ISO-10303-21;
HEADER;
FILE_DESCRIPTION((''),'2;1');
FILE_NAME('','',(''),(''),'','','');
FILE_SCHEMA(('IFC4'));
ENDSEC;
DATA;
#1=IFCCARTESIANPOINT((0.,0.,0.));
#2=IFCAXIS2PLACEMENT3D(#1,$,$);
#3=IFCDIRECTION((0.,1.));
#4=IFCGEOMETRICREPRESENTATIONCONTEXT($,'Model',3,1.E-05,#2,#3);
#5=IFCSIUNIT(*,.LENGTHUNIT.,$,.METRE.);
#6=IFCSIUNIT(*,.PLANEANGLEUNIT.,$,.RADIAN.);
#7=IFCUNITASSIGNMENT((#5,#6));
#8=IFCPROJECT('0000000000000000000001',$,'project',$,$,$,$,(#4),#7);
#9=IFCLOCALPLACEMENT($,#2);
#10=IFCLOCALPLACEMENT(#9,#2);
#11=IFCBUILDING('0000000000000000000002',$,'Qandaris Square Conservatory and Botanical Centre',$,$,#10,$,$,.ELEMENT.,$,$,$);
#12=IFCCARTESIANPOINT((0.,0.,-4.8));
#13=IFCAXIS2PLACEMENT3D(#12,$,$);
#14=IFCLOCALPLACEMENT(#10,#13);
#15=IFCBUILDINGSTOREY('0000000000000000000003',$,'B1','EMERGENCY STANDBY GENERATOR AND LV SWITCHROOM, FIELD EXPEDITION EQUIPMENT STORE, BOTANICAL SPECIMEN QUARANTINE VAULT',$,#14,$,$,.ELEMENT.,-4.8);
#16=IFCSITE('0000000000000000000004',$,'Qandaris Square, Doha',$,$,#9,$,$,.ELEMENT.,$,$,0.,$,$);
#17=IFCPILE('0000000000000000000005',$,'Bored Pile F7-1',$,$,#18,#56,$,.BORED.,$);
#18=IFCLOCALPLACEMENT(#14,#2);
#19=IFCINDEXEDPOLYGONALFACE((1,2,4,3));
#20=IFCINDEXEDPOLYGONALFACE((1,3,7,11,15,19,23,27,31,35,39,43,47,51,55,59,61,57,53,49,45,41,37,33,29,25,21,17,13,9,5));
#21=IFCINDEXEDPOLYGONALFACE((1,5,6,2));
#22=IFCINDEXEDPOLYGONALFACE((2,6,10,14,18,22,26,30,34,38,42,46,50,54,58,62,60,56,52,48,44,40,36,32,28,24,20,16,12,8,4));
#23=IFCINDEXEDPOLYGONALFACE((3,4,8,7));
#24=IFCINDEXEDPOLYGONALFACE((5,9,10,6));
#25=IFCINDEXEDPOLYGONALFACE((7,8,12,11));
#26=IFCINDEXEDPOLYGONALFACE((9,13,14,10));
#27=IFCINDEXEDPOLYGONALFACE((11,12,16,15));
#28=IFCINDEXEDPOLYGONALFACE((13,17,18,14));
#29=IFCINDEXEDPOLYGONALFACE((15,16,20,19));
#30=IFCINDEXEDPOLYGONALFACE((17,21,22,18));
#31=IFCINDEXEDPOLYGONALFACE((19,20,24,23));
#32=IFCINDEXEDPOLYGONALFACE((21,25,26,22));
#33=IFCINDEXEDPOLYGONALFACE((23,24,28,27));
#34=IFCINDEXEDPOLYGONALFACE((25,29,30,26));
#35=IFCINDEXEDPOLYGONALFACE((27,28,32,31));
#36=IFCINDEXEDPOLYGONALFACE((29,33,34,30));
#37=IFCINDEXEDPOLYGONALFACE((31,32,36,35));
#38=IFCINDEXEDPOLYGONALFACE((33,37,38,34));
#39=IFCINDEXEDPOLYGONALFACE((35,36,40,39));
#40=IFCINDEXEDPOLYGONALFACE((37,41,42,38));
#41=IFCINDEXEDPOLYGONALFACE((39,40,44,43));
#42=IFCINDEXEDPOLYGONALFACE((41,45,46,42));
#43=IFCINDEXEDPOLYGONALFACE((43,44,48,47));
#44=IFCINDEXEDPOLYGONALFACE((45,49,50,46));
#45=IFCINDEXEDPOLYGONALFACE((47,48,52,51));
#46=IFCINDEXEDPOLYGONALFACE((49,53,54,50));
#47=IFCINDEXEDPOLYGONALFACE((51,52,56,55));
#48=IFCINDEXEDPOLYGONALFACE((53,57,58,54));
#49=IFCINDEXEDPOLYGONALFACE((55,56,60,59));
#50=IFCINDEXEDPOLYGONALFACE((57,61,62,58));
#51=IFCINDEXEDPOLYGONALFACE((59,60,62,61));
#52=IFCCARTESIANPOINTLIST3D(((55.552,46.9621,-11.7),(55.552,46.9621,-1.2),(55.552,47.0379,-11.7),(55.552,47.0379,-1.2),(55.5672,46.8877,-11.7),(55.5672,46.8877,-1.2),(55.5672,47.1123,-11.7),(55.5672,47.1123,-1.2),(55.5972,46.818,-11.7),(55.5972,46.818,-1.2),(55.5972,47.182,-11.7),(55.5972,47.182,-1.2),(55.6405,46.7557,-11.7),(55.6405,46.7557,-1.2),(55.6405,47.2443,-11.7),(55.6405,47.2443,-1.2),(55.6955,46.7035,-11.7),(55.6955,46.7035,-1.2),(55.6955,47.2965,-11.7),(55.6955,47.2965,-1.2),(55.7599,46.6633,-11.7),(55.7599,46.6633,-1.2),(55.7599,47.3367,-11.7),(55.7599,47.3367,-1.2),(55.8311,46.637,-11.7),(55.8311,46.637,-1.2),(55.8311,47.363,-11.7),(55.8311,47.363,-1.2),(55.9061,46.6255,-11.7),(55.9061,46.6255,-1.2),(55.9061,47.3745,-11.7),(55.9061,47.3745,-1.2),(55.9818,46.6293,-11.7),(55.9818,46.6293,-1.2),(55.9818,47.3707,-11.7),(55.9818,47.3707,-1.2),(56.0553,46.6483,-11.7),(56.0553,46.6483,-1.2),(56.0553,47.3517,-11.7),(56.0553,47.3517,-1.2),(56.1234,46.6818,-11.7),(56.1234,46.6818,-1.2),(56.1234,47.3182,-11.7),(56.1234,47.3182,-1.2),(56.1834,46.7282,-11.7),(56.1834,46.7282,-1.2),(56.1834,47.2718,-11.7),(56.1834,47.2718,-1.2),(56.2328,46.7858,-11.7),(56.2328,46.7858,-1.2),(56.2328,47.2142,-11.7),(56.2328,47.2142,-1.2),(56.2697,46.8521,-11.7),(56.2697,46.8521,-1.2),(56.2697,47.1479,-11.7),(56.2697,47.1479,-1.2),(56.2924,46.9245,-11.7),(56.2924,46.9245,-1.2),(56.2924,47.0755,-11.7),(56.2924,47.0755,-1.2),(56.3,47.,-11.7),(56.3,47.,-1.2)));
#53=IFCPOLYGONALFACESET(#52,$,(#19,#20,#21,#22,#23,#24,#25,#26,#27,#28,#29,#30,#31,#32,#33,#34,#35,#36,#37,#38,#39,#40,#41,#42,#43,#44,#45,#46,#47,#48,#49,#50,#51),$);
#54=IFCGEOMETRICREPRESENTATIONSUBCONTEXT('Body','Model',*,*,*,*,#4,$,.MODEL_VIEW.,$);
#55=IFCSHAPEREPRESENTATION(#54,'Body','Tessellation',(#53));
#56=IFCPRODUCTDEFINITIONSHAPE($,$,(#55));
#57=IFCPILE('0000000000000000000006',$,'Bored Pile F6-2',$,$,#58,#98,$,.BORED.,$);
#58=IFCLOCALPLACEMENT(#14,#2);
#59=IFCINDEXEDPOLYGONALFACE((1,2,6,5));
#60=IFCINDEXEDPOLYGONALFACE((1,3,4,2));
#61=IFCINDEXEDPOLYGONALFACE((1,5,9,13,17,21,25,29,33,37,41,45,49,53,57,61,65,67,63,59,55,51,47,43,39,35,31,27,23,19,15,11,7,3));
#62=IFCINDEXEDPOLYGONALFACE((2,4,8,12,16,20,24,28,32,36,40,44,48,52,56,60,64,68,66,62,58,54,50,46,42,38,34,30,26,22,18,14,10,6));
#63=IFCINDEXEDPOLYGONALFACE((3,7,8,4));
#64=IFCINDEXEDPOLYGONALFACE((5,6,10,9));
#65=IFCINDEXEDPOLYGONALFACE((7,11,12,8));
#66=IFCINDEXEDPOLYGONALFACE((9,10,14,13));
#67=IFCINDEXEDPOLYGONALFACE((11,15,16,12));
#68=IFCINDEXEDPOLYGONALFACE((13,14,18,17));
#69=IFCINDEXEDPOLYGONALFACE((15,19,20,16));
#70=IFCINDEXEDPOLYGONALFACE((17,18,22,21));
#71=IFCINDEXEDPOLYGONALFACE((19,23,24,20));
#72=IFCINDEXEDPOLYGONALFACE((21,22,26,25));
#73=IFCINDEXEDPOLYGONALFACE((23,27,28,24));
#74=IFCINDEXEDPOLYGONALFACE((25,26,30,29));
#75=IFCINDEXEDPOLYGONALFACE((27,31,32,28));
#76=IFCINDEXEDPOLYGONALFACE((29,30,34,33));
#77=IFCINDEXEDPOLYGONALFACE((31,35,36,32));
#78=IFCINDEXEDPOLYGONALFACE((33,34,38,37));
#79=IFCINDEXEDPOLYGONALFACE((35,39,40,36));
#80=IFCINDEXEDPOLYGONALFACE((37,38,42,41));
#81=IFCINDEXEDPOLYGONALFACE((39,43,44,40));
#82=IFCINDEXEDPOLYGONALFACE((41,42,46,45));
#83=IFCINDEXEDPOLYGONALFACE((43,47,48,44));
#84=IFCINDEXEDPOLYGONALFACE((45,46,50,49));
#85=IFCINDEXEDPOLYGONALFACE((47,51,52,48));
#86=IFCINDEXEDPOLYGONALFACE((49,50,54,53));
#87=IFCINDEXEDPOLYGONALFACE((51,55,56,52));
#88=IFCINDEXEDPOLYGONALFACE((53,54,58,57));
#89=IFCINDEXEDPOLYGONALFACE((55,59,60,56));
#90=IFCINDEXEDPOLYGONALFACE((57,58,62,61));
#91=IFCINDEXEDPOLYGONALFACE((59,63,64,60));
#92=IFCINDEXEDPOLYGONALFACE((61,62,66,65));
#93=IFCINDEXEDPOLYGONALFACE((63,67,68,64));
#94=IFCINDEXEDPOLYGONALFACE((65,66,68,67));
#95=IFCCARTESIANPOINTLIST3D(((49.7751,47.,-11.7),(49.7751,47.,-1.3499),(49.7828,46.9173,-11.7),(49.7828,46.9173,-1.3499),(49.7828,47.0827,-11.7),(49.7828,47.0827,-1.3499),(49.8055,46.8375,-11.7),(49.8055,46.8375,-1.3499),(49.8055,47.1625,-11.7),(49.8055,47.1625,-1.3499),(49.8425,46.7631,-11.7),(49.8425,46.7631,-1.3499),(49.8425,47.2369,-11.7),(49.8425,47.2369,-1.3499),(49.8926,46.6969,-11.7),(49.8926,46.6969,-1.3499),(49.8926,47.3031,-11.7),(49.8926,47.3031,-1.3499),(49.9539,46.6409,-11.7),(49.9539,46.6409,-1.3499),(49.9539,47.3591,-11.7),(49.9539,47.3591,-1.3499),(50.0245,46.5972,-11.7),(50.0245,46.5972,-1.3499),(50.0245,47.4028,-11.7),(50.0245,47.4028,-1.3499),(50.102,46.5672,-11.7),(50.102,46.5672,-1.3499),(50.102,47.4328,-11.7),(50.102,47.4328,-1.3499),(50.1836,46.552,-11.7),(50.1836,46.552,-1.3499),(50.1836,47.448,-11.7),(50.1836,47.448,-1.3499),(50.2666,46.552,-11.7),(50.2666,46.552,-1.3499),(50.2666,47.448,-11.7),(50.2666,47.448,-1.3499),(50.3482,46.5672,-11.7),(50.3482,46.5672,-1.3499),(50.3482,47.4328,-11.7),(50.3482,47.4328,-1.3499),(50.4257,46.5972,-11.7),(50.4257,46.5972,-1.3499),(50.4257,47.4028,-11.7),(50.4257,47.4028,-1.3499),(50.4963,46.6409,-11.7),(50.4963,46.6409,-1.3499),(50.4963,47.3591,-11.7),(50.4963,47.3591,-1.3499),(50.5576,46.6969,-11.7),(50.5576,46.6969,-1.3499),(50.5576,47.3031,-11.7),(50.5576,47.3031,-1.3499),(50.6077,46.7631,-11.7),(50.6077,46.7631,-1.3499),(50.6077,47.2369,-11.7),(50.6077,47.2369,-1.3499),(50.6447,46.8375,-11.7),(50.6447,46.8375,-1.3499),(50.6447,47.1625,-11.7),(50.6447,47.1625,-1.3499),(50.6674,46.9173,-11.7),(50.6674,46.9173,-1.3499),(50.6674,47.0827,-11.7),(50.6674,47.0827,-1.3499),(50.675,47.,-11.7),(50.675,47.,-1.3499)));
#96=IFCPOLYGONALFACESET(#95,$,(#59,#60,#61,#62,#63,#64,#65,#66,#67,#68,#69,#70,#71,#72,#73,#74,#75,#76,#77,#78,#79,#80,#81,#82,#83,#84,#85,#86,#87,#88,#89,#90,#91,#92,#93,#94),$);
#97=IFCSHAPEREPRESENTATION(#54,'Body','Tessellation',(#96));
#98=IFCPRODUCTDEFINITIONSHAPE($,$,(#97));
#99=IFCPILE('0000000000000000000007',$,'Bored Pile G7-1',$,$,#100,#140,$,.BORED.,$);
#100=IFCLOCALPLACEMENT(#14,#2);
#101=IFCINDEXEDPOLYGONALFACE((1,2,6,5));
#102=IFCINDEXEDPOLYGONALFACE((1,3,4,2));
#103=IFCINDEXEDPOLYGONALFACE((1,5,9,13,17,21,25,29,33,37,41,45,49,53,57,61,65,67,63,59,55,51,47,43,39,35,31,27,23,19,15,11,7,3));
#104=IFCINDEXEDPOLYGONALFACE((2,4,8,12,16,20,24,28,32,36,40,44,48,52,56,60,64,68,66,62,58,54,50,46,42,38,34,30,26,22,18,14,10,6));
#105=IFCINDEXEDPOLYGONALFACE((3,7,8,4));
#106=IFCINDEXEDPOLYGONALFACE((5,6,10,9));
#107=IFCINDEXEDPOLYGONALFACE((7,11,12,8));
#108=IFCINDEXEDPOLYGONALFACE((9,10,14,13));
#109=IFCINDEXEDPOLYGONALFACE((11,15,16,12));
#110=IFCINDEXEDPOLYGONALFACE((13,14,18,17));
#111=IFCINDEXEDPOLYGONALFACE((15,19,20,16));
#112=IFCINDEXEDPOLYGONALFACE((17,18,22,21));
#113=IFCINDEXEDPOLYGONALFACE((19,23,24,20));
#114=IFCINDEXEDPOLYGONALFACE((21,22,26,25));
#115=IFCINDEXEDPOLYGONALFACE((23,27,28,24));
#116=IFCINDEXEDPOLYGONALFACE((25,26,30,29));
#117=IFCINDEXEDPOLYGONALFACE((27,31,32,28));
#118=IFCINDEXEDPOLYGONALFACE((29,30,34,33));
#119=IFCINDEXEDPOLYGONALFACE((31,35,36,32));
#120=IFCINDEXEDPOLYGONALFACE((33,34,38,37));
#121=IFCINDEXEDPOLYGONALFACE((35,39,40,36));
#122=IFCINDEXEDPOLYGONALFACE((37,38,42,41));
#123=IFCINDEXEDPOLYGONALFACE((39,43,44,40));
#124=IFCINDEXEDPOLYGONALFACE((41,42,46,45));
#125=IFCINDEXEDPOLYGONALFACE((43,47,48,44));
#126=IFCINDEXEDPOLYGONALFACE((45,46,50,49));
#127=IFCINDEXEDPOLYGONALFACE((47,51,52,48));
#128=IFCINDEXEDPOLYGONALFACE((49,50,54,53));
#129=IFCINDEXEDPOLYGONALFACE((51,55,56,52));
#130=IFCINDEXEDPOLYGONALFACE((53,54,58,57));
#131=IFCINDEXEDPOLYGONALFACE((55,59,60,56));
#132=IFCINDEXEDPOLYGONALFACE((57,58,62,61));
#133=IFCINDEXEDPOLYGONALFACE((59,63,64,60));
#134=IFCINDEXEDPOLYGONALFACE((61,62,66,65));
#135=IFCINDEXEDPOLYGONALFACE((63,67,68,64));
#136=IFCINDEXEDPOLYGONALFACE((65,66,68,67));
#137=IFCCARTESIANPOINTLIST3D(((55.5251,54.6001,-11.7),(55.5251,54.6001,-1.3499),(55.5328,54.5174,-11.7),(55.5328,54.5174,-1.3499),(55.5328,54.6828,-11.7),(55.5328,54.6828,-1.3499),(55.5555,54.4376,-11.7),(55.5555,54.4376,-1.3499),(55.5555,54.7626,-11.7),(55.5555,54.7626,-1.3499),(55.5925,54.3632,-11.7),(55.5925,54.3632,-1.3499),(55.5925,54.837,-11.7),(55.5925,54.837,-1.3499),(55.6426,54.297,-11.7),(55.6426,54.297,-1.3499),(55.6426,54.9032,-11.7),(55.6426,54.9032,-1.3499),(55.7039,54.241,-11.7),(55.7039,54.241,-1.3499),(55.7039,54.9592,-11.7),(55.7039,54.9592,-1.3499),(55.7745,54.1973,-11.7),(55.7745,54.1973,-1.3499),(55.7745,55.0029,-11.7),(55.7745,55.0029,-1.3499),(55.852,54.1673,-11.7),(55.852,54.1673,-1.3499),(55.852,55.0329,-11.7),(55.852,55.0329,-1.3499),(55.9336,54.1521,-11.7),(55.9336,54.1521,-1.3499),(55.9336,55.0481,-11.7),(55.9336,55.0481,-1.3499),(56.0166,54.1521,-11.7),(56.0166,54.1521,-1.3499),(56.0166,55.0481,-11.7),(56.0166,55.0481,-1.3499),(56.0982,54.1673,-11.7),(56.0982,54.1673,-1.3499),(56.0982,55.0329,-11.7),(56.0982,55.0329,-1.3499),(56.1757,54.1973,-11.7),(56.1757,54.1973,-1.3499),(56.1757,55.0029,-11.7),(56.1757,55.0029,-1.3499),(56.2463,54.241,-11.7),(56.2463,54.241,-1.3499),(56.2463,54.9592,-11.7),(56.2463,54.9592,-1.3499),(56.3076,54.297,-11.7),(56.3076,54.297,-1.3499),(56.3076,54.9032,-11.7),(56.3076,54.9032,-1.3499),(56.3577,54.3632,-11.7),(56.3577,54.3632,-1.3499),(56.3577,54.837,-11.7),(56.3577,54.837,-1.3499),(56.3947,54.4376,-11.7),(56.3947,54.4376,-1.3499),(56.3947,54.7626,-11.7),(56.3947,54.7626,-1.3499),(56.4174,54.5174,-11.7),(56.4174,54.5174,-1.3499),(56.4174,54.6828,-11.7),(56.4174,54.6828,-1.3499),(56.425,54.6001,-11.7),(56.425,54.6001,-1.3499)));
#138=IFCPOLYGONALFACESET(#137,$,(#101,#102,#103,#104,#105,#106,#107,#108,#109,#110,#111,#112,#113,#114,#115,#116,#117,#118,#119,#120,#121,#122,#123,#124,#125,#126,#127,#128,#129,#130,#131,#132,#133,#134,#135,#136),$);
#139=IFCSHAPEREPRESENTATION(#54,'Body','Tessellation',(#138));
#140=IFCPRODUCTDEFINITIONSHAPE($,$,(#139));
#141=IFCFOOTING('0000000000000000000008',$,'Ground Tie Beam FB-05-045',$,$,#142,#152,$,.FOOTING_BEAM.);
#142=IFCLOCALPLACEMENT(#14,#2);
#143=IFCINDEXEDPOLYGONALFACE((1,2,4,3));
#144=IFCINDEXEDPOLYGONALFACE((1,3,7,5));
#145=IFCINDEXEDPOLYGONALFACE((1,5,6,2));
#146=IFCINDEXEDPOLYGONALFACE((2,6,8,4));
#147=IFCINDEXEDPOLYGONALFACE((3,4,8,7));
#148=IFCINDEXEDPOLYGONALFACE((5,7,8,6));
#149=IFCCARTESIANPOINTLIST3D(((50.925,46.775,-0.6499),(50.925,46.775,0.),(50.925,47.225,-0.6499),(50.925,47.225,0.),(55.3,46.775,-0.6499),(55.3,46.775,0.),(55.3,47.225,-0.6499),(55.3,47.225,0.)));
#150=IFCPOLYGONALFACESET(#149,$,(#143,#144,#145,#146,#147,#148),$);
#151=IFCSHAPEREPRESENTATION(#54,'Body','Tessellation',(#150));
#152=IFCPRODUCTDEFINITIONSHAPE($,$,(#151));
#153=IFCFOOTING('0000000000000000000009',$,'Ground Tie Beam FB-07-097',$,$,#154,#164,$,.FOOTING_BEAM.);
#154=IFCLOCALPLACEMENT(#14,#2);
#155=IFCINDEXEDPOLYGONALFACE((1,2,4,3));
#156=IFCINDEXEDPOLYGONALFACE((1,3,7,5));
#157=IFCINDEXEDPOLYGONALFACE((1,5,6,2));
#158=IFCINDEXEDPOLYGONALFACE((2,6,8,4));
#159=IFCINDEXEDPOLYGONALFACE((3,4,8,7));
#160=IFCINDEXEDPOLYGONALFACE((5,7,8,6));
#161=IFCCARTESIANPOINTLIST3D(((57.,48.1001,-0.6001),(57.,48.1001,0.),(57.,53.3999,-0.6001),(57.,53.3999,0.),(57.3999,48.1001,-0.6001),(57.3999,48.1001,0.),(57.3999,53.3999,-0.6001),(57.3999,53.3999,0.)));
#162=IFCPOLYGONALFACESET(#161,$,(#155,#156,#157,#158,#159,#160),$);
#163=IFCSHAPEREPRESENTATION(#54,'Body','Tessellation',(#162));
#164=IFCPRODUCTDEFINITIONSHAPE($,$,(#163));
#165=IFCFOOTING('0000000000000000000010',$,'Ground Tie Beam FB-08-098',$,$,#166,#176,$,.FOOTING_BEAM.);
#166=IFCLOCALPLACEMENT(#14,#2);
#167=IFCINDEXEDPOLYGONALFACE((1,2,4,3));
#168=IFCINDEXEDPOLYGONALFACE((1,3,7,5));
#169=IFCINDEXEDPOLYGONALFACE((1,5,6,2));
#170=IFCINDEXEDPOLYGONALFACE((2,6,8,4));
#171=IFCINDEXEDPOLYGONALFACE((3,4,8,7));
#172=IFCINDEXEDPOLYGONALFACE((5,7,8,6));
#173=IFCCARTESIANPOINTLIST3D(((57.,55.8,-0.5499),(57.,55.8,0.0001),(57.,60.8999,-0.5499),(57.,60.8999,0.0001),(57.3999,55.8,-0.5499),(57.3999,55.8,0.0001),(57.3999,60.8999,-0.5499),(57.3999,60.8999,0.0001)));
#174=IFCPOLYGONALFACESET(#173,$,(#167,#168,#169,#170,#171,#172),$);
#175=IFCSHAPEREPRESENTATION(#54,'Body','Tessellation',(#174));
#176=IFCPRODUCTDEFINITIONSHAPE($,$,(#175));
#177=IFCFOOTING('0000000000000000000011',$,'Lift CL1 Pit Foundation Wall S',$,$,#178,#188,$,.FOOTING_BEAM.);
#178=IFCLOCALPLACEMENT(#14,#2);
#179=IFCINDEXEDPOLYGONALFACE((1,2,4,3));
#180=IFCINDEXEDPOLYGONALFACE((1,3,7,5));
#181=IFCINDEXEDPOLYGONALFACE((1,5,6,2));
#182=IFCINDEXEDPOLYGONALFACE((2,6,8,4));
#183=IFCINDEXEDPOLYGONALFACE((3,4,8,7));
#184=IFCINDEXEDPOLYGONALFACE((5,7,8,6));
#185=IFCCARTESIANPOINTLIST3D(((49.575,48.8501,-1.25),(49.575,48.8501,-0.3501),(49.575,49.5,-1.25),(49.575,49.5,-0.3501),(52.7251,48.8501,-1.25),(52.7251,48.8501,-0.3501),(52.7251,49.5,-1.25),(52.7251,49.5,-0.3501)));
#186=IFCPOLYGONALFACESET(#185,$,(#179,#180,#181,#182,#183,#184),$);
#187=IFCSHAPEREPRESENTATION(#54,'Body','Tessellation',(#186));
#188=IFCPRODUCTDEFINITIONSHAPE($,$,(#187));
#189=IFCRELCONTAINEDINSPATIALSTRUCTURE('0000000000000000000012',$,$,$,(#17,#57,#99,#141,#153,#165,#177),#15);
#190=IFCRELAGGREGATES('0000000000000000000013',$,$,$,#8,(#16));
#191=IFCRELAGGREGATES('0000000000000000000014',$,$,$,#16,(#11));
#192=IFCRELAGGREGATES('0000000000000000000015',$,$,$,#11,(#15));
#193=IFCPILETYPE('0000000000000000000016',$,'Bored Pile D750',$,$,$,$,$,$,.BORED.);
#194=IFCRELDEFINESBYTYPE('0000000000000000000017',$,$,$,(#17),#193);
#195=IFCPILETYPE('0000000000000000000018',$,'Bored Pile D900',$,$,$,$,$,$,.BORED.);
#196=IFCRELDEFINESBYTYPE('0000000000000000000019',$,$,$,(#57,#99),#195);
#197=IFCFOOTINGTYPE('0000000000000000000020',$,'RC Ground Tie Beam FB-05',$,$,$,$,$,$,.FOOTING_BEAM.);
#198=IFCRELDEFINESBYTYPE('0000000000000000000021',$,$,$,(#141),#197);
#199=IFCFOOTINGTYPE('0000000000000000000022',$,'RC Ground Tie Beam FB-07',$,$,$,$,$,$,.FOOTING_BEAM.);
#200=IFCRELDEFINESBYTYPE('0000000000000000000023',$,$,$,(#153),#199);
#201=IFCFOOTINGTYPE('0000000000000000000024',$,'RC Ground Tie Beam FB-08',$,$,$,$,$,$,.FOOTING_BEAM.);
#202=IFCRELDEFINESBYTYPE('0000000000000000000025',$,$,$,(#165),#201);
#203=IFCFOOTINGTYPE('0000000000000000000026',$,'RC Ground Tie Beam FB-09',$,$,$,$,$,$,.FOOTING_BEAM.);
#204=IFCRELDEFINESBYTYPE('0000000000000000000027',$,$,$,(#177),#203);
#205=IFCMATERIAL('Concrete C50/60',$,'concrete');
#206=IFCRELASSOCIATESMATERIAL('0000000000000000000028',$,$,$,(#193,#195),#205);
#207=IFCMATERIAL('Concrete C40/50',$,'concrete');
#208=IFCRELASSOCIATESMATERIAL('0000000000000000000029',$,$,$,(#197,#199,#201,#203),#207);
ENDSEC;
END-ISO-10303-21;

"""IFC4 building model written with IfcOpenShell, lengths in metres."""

from ifc_helpers import new_model, si_unit, direction, frame, origin, origin_2d, place, context, subcontext, project, spatial, rectangle, circle, extrude, material, material_profile, profile_set, type_object, element, save


model = new_model("IFC4")

# Units and contexts
model_context = context("Model", 3, precision=1e-05, world=origin(), true_north=direction((0.0, 1.0)))
body_context = subcontext(model_context, "Body", "Model", "MODEL_VIEW")
ifc_project = project(units=[si_unit("LENGTHUNIT", "METRE"), si_unit("PLANEANGLEUNIT", "RADIAN")], contexts=[model_context])

# Site, building, storey
site_placement = place(None, origin())
site = spatial("IfcSite", under=ifc_project, at=site_placement, Name="Qandaris Square, Doha", CompositionType="ELEMENT", RefElevation=0.0)
building_placement = place(site_placement, origin())
building = spatial("IfcBuilding", under=site, at=building_placement, Name="Qandaris Square Conservatory and Botanical Centre", CompositionType="ELEMENT")
storey_placement = place(building_placement, frame((0.0, 0.0, -4.8)))
storey = spatial("IfcBuildingStorey", under=building, at=storey_placement, Name="B1", Description="EMERGENCY STANDBY GENERATOR AND LV SWITCHROOM, FIELD EXPEDITION EQUIPMENT STORE, BOTANICAL SPECIMEN QUARANTINE VAULT", CompositionType="ELEMENT", Elevation=-4.8)

# Piles
ifc_material_1 = material(Name="Concrete C50/60", Category="concrete")
ifc_material_profile_1 = material_profile(ifc_material_1, circle(Radius=0.375, at=origin_2d()), Name="PILE D750")
ifc_profile_set_1 = profile_set([ifc_material_profile_1], Name="Concrete C50/60")
pile_type_1 = type_object("IfcPileType", Name="Bored Pile D750", PredefinedType="BORED", material=ifc_profile_set_1)
pile_placement = place(storey_placement, frame((55.925, 47.0, -1.2), z_axis=(0.0, 0.0, -1.0), x_axis=(1.0, 0.0, 0.0)))
element("IfcPile", 1, at=pile_placement, inside=storey, type_object=pile_type_1, Name="Bored Pile F7-1", PredefinedType="BORED", context=body_context, shape_type="SweptSolid", body=[
    extrude(circle(Radius=0.375, at=origin_2d()), origin(), (0.0, 0.0, 1.0), 10.5),
])
ifc_material_profile_2 = material_profile(ifc_material_1, circle(Radius=0.45, at=origin_2d()), Name="PILE D900")
ifc_profile_set_2 = profile_set([ifc_material_profile_2], Name="Concrete C50/60")
pile_type_2 = type_object("IfcPileType", Name="Bored Pile D900", PredefinedType="BORED", material=ifc_profile_set_2)
for number, where, z_axis, x_axis, name in (
    (2, (50.2251, 47.0, -1.3499), (0.0, 0.0, -1.0), (1.0, 0.0, 0.0), "Bored Pile F6-2"),
    (3, (55.9751, 54.6001, -1.3499), (0.0, 0.0, -1.0), (1.0, 0.0, 0.0), "Bored Pile G7-1"),
):
    element("IfcPile", number, at=place(storey_placement, frame(where, z_axis=z_axis, x_axis=x_axis)), inside=storey, type_object=pile_type_2, Name=name, PredefinedType="BORED", context=body_context, shape_type="SweptSolid", body=[
        extrude(circle(Radius=0.45, at=origin_2d()), origin(), (0.0, 0.0, 1.0), 10.3501),
    ])

# Footings
ifc_material_2 = material(Name="Concrete C40/50", Category="concrete")
ifc_material_profile_3 = material_profile(ifc_material_2, rectangle(XDim=0.45, YDim=0.6499, at=origin_2d()), Name="FB 450x650")
ifc_profile_set_3 = profile_set([ifc_material_profile_3], Name="Concrete C40/50")
footing_type_1 = type_object("IfcFootingType", Name="RC Ground Tie Beam FB-05", PredefinedType="FOOTING_BEAM", material=ifc_profile_set_3)
footing_1_placement = place(storey_placement, frame((50.925, 47.0, -0.325), z_axis=(1.0, 0.0, 0.0), x_axis=(0.0, 1.0, 0.0)))
element("IfcFooting", 4, at=footing_1_placement, inside=storey, type_object=footing_type_1, Name="Ground Tie Beam FB-05-045", PredefinedType="FOOTING_BEAM", context=body_context, shape_type="SweptSolid", body=[
    extrude(rectangle(XDim=0.45, YDim=0.6499, at=origin_2d()), origin(), (0.0, 0.0, 1.0), 4.375),
])
ifc_material_profile_4 = material_profile(ifc_material_2, rectangle(XDim=0.3999, YDim=0.6001, at=origin_2d()), Name="FB 400x600")
ifc_profile_set_4 = profile_set([ifc_material_profile_4], Name="Concrete C40/50")
footing_type_2 = type_object("IfcFootingType", Name="RC Ground Tie Beam FB-07", PredefinedType="FOOTING_BEAM", material=ifc_profile_set_4)
footing_2_placement = place(storey_placement, frame((57.2, 48.1001, -0.3), z_axis=(0.0, 1.0, 0.0), x_axis=(-1.0, 0.0, 0.0)))
element("IfcFooting", 5, at=footing_2_placement, inside=storey, type_object=footing_type_2, Name="Ground Tie Beam FB-07-097", PredefinedType="FOOTING_BEAM", context=body_context, shape_type="SweptSolid", body=[
    extrude(rectangle(XDim=0.3999, YDim=0.6001, at=origin_2d()), origin(), (0.0, 0.0, 1.0), 5.2998),
])
ifc_material_profile_5 = material_profile(ifc_material_2, rectangle(XDim=0.3999, YDim=0.55, at=origin_2d()), Name="FB 400x550")
ifc_profile_set_5 = profile_set([ifc_material_profile_5], Name="Concrete C40/50")
footing_type_3 = type_object("IfcFootingType", Name="RC Ground Tie Beam FB-08", PredefinedType="FOOTING_BEAM", material=ifc_profile_set_5)
footing_3_placement = place(storey_placement, frame((57.2, 55.8, -0.2749), z_axis=(0.0, 1.0, 0.0), x_axis=(-1.0, 0.0, 0.0)))
element("IfcFooting", 6, at=footing_3_placement, inside=storey, type_object=footing_type_3, Name="Ground Tie Beam FB-08-098", PredefinedType="FOOTING_BEAM", context=body_context, shape_type="SweptSolid", body=[
    extrude(rectangle(XDim=0.3999, YDim=0.55, at=origin_2d()), origin(), (0.0, 0.0, 1.0), 5.0999),
])
ifc_material_profile_6 = material_profile(ifc_material_2, rectangle(XDim=0.6499, YDim=0.8999, at=origin_2d()), Name="FB 650x900")
ifc_profile_set_6 = profile_set([ifc_material_profile_6], Name="Concrete C40/50")
footing_type_4 = type_object("IfcFootingType", Name="RC Ground Tie Beam FB-09", PredefinedType="FOOTING_BEAM", material=ifc_profile_set_6)
for number, where, z_axis, x_axis, name in (
    (7, (49.575, 49.175, -0.8), (1.0, 0.0, 0.0), (0.0, 1.0, 0.0), "Lift CL1 Pit Foundation Wall S"),
):
    element("IfcFooting", number, at=place(storey_placement, frame(where, z_axis=z_axis, x_axis=x_axis)), inside=storey, type_object=footing_type_4, Name=name, PredefinedType="FOOTING_BEAM", context=body_context, shape_type="SweptSolid", body=[
        extrude(rectangle(XDim=0.6499, YDim=0.8999, at=origin_2d()), origin(), (0.0, 0.0, 1.0), 3.1501),
    ])

save(model, "model.ifc")
